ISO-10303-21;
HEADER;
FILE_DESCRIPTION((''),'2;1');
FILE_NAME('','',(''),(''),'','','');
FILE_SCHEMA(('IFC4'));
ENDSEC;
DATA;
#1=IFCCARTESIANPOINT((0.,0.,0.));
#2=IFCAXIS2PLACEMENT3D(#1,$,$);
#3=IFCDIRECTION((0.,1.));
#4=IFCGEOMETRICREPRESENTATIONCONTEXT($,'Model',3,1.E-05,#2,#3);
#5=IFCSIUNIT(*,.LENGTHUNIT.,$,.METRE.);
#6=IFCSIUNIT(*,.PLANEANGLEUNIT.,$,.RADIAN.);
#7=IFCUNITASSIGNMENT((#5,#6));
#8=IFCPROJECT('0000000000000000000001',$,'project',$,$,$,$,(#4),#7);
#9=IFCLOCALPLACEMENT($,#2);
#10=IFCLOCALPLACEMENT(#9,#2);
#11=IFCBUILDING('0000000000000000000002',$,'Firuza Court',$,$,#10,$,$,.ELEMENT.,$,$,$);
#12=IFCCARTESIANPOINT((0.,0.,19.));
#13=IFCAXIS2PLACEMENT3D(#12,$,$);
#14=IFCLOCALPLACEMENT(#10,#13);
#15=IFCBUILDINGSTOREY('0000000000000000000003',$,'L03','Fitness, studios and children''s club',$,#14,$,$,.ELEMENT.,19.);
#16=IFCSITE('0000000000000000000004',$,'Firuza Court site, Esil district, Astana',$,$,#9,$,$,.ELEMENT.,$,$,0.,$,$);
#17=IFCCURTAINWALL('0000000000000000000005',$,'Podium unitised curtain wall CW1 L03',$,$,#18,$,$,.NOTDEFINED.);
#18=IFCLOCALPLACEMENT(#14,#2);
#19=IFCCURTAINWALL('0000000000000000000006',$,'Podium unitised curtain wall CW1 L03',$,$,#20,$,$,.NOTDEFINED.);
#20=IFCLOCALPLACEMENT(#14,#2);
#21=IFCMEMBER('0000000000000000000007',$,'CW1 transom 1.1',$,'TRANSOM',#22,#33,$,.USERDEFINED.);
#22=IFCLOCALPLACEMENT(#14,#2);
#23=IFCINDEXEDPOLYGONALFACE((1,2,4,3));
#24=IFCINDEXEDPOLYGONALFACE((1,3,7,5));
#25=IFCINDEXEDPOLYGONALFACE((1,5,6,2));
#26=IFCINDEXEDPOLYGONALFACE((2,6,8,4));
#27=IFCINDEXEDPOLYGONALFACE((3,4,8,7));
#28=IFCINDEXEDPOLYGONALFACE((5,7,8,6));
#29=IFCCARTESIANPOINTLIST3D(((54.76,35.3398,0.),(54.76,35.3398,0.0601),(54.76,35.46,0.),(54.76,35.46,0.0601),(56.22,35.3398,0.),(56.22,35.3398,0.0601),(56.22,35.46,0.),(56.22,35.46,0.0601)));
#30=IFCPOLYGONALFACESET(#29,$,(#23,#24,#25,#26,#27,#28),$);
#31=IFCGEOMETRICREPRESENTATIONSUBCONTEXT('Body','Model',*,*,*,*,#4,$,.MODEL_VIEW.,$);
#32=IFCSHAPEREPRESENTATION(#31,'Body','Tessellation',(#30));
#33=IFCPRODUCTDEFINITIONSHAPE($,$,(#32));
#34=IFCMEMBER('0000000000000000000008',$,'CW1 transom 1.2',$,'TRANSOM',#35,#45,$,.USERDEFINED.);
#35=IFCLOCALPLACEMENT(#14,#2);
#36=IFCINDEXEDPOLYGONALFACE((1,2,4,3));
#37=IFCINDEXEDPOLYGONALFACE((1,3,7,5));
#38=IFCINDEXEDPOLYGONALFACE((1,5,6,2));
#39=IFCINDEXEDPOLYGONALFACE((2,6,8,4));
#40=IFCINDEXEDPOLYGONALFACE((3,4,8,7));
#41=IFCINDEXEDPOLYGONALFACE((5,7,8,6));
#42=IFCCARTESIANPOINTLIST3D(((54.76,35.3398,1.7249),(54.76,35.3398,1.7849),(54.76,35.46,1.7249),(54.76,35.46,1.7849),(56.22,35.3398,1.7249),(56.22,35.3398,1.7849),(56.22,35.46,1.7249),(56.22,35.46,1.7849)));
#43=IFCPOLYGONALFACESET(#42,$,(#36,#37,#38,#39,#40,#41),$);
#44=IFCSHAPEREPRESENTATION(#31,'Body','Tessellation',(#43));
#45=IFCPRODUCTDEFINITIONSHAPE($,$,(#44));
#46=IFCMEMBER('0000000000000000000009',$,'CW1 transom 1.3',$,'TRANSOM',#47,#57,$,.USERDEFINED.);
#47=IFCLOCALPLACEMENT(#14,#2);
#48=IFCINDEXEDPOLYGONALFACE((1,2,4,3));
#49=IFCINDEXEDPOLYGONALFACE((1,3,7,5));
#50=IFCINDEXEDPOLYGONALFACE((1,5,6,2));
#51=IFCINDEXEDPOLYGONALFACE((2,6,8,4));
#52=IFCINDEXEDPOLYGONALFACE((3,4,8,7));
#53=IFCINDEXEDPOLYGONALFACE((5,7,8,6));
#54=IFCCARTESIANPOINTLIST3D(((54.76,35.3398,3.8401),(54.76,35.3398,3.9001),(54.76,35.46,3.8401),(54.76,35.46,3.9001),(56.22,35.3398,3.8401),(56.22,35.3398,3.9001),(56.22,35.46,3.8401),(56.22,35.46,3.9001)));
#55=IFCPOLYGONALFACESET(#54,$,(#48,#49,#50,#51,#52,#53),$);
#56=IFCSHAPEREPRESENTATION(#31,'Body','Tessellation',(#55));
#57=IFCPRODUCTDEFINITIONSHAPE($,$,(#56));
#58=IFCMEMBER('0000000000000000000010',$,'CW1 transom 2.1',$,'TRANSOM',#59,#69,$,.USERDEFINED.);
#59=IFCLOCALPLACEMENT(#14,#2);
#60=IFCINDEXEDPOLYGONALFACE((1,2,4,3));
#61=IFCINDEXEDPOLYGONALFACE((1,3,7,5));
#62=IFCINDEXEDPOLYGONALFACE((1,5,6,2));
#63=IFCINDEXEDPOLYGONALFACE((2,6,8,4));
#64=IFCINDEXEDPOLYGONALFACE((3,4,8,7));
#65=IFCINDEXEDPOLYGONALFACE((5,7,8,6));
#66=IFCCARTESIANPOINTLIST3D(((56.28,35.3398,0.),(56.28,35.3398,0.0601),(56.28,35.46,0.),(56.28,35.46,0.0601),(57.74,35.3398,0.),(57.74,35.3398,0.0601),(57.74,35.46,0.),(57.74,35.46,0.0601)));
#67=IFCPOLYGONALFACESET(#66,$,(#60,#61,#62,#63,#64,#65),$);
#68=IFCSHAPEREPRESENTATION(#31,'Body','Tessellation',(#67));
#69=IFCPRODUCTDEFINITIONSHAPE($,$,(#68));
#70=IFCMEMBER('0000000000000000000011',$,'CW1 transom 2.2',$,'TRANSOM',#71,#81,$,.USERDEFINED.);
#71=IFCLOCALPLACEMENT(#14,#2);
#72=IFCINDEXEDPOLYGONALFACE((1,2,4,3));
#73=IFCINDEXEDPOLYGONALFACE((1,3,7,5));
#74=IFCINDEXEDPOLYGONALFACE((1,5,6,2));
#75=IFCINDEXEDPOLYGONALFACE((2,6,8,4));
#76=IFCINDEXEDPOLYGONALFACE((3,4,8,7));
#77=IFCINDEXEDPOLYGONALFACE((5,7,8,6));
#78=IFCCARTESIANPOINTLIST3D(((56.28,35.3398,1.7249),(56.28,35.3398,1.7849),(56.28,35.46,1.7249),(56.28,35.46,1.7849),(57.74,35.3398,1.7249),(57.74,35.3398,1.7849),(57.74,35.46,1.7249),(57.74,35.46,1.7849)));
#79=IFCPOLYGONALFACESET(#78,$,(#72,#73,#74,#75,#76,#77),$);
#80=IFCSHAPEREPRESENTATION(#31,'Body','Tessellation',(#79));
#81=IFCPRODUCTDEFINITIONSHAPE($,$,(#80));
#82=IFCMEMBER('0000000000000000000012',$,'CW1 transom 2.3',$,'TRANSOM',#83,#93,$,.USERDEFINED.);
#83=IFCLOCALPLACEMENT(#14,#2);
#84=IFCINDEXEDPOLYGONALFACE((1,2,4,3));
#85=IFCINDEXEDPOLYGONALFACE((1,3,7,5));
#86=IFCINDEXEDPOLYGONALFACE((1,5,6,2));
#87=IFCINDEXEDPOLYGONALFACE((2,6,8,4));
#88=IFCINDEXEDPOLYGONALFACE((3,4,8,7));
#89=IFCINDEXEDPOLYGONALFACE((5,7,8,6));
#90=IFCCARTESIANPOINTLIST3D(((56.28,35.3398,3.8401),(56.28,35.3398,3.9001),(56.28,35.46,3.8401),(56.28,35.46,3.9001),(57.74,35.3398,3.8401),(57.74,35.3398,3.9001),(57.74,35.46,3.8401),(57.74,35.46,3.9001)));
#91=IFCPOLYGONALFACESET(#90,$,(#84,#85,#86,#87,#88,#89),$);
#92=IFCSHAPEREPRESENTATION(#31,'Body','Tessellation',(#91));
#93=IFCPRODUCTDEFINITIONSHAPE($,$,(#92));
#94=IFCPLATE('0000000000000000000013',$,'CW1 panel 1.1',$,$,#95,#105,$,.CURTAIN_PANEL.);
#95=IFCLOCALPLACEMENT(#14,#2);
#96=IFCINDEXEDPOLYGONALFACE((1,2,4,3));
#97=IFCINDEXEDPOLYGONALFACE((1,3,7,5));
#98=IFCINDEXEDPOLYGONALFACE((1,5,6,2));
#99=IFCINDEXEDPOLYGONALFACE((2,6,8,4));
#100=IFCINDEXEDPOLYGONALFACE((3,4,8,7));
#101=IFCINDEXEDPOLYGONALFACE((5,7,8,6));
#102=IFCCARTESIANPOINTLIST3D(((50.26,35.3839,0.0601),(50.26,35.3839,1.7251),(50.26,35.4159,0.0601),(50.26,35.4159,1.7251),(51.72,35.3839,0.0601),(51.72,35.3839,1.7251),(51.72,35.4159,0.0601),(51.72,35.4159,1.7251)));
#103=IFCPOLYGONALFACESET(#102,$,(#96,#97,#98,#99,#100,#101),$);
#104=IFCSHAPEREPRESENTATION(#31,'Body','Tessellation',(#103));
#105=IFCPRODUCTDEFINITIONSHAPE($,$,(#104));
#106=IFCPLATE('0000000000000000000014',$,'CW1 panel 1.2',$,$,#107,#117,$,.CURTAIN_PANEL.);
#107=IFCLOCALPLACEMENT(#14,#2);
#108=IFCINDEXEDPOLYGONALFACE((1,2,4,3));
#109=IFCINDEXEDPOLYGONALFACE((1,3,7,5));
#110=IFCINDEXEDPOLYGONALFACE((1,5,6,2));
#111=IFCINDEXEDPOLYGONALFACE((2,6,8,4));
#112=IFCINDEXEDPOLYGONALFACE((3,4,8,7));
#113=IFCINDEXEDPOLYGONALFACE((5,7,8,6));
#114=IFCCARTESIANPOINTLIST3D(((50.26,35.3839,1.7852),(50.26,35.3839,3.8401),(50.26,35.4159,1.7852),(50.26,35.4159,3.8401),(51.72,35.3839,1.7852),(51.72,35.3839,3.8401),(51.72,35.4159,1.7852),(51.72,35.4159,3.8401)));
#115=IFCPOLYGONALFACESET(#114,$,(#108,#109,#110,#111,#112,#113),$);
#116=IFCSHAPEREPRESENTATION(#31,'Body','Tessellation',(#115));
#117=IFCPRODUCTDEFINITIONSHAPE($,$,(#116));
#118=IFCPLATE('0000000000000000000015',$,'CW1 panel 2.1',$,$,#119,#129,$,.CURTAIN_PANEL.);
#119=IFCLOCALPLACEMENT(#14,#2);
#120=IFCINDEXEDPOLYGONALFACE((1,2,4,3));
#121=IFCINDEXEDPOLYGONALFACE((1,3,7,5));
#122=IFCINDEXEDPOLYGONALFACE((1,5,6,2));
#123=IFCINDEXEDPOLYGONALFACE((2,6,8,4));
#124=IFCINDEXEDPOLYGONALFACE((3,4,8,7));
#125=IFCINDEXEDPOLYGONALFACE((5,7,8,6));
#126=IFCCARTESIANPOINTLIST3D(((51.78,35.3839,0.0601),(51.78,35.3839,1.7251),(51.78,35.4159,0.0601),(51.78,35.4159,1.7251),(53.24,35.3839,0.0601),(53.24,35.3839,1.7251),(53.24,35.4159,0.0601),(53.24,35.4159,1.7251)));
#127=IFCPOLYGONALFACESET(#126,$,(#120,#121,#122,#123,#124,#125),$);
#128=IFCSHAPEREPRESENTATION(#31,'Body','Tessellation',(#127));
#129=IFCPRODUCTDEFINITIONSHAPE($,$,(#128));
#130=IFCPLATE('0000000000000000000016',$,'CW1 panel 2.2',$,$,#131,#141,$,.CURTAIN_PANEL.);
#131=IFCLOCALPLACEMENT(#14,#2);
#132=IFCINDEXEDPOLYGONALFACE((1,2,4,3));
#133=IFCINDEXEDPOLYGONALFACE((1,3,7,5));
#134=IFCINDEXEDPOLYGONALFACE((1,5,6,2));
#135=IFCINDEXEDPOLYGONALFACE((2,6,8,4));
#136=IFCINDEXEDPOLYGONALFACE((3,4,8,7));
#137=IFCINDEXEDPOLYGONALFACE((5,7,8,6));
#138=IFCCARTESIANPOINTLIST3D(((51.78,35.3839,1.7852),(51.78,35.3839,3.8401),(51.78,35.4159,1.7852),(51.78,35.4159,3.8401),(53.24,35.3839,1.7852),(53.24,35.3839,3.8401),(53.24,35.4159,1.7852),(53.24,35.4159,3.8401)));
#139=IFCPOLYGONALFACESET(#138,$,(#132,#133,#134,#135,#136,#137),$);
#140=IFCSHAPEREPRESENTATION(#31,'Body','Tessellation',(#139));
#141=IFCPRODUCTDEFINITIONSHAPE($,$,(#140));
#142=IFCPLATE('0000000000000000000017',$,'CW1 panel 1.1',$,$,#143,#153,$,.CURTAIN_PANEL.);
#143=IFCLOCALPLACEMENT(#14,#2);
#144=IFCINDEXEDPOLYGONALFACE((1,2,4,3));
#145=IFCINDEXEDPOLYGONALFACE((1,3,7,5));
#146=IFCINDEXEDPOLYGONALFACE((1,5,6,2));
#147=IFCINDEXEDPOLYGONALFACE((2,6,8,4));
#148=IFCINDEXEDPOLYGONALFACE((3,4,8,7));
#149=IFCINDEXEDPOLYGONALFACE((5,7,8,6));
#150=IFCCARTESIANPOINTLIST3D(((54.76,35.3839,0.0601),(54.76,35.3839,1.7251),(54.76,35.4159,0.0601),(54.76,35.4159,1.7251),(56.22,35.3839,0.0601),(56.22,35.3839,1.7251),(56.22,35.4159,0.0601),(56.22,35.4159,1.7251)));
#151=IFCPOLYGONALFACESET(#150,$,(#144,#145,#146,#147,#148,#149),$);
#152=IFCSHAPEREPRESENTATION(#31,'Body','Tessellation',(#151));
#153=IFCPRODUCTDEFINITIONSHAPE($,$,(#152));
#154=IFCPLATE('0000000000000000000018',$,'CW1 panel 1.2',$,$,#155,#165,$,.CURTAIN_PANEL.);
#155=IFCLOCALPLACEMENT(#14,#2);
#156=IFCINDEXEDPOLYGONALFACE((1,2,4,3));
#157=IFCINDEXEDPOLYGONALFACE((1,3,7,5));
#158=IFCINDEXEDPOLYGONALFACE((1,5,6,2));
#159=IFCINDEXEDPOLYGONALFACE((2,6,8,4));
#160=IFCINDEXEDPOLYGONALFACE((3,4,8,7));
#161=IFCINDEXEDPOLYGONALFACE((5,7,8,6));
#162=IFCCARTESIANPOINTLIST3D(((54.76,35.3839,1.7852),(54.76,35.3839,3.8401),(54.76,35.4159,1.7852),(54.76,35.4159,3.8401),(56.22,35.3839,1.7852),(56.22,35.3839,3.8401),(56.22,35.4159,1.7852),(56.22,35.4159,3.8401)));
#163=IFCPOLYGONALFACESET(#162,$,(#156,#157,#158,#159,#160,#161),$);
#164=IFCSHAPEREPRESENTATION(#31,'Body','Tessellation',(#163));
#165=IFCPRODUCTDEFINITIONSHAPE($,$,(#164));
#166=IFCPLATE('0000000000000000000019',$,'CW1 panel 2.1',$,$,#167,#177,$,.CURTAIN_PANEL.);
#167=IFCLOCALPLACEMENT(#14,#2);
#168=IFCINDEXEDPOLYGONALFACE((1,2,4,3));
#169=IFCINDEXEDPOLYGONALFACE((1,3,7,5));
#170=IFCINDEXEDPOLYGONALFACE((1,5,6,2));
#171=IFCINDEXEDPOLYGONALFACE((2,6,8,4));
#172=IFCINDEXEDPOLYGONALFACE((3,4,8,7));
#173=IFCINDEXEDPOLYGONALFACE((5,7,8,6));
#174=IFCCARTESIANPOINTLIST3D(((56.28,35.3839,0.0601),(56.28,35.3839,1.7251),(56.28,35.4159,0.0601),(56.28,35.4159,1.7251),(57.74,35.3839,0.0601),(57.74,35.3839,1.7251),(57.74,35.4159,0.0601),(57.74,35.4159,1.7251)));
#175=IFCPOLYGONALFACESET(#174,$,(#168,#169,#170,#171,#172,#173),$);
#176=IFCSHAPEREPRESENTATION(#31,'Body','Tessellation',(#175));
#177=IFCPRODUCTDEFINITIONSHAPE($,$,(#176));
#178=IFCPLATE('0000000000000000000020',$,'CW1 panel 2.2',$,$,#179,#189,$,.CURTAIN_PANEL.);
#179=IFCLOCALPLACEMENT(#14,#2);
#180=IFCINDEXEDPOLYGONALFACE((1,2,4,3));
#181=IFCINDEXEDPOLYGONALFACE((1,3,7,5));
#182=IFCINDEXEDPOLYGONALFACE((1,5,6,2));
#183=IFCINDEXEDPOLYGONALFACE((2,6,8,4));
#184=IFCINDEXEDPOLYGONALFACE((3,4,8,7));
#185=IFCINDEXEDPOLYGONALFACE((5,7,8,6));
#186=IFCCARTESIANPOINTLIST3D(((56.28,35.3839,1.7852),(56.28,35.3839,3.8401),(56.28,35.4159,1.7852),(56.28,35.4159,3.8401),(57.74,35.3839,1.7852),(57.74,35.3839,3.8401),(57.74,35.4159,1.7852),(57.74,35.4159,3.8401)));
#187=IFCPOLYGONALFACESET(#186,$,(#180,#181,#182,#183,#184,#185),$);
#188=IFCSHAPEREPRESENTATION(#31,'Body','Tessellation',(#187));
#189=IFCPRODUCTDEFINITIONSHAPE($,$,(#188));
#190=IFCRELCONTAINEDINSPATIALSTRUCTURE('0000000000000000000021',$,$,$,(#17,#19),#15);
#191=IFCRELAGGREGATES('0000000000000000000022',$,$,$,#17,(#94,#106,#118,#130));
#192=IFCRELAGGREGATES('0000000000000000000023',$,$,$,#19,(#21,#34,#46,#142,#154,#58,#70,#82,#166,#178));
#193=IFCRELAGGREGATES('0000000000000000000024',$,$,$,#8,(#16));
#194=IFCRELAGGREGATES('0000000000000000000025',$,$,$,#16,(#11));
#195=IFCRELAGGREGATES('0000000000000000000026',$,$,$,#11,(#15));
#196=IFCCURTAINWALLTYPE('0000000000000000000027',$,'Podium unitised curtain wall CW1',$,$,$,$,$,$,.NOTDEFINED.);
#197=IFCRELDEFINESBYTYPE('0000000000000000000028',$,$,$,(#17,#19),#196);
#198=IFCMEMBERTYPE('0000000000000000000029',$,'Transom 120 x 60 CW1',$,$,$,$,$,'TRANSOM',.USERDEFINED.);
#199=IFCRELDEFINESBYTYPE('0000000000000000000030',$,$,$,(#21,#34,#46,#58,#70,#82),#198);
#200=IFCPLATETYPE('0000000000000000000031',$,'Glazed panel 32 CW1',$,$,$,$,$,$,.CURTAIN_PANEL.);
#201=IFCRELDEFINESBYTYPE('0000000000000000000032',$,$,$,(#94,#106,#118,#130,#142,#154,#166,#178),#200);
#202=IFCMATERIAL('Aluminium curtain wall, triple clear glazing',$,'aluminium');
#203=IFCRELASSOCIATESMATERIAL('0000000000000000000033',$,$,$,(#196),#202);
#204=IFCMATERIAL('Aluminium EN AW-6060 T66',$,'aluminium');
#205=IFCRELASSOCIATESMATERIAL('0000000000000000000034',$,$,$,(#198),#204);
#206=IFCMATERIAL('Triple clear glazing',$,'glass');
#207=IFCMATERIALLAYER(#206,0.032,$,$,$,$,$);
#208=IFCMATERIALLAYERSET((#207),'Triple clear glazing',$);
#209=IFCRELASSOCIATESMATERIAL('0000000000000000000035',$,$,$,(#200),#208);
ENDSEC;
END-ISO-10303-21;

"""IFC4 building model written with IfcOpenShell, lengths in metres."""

from ifc_helpers import new_model, si_unit, direction, frame, origin, origin_2d, place, context, subcontext, project, spatial, rectangle, extrude, material, layer, layer_set, material_profile, profile_set, type_object, element, aggregate, save


model = new_model("IFC4")

# Units and contexts
model_context = context("Model", 3, precision=1e-05, world=origin(), true_north=direction((0.0, 1.0)))
body_context = subcontext(model_context, "Body", "Model", "MODEL_VIEW")
ifc_project = project(units=[si_unit("LENGTHUNIT", "METRE"), si_unit("PLANEANGLEUNIT", "RADIAN")], contexts=[model_context])

# Site, building, storey
site_placement = place(None, origin())
site = spatial("IfcSite", under=ifc_project, at=site_placement, Name="Firuza Court site, Esil district, Astana", CompositionType="ELEMENT", RefElevation=0.0)
building_placement = place(site_placement, origin())
building = spatial("IfcBuilding", under=site, at=building_placement, Name="Firuza Court", CompositionType="ELEMENT")
storey_placement = place(building_placement, frame((0.0, 0.0, 19.0)))
storey = spatial("IfcBuildingStorey", under=building, at=storey_placement, Name="L03", Description="Fitness, studios and children's club", CompositionType="ELEMENT", Elevation=19.0)

# Curtain walls
ifc_material_1 = material(Name="Aluminium curtain wall, triple clear glazing", Category="aluminium")
curtain_wall_type = type_object("IfcCurtainWallType", Name="Podium unitised curtain wall CW1", PredefinedType="NOTDEFINED", material=ifc_material_1)
curtain_wall_1_placement = place(storey_placement, origin())
curtain_wall_1 = element("IfcCurtainWall", 1, at=curtain_wall_1_placement, inside=storey, type_object=curtain_wall_type, Name="Podium unitised curtain wall CW1 L03", PredefinedType="NOTDEFINED")
curtain_wall_2_placement = place(storey_placement, origin())
curtain_wall_2 = element("IfcCurtainWall", 2, at=curtain_wall_2_placement, inside=storey, type_object=curtain_wall_type, Name="Podium unitised curtain wall CW1 L03", PredefinedType="NOTDEFINED")

# Members
ifc_material_2 = material(Name="Aluminium EN AW-6060 T66", Category="aluminium")
ifc_material_profile_1 = material_profile(ifc_material_2, rectangle(XDim=0.1201, YDim=0.0601, at=origin_2d()), Name="Transom 120 x 60 CW1")
ifc_profile_set_1 = profile_set([ifc_material_profile_1], Name="Aluminium EN AW-6060 T66")
member_type_1 = type_object("IfcMemberType", Name="Transom 120 x 60 CW1", ElementType="TRANSOM", PredefinedType="USERDEFINED", material=ifc_profile_set_1)
member_1_placement = place(storey_placement, frame((54.76, 35.3999, 0.03), z_axis=(1.0, 0.0, 0.0), x_axis=(0.0, 1.0, 0.0)))
member_1 = element("IfcMember", 3, at=member_1_placement, type_object=member_type_1, Name="CW1 transom 1.1", ObjectType="TRANSOM", PredefinedType="USERDEFINED", context=body_context, shape_type="SweptSolid", body=[
    extrude(rectangle(XDim=0.1201, YDim=0.0601, at=origin_2d()), origin(), (0.0, 0.0, 1.0), 1.46),
])
member_2_placement = place(storey_placement, frame((54.76, 35.3999, 1.7549), z_axis=(1.0, 0.0, 0.0), x_axis=(0.0, 1.0, 0.0)))
member_2 = element("IfcMember", 4, at=member_2_placement, type_object=member_type_1, Name="CW1 transom 1.2", ObjectType="TRANSOM", PredefinedType="USERDEFINED", context=body_context, shape_type="SweptSolid", body=[
    extrude(rectangle(XDim=0.1201, YDim=0.0601, at=origin_2d()), origin(), (0.0, 0.0, 1.0), 1.46),
])
member_3_placement = place(storey_placement, frame((54.76, 35.3999, 3.8701), z_axis=(1.0, 0.0, 0.0), x_axis=(0.0, 1.0, 0.0)))
member_3 = element("IfcMember", 5, at=member_3_placement, type_object=member_type_1, Name="CW1 transom 1.3", ObjectType="TRANSOM", PredefinedType="USERDEFINED", context=body_context, shape_type="SweptSolid", body=[
    extrude(rectangle(XDim=0.1201, YDim=0.0601, at=origin_2d()), origin(), (0.0, 0.0, 1.0), 1.46),
])
member_4_placement = place(storey_placement, frame((56.28, 35.3999, 0.03), z_axis=(1.0, 0.0, 0.0), x_axis=(0.0, 1.0, 0.0)))
member_4 = element("IfcMember", 6, at=member_4_placement, type_object=member_type_1, Name="CW1 transom 2.1", ObjectType="TRANSOM", PredefinedType="USERDEFINED", context=body_context, shape_type="SweptSolid", body=[
    extrude(rectangle(XDim=0.1201, YDim=0.0601, at=origin_2d()), origin(), (0.0, 0.0, 1.0), 1.46),
])
member_5_placement = place(storey_placement, frame((56.28, 35.3999, 1.7549), z_axis=(1.0, 0.0, 0.0), x_axis=(0.0, 1.0, 0.0)))
member_5 = element("IfcMember", 7, at=member_5_placement, type_object=member_type_1, Name="CW1 transom 2.2", ObjectType="TRANSOM", PredefinedType="USERDEFINED", context=body_context, shape_type="SweptSolid", body=[
    extrude(rectangle(XDim=0.1201, YDim=0.0601, at=origin_2d()), origin(), (0.0, 0.0, 1.0), 1.46),
])
member_6_placement = place(storey_placement, frame((56.28, 35.3999, 3.8701), z_axis=(1.0, 0.0, 0.0), x_axis=(0.0, 1.0, 0.0)))
member_6 = element("IfcMember", 8, at=member_6_placement, type_object=member_type_1, Name="CW1 transom 2.3", ObjectType="TRANSOM", PredefinedType="USERDEFINED", context=body_context, shape_type="SweptSolid", body=[
    extrude(rectangle(XDim=0.1201, YDim=0.0601, at=origin_2d()), origin(), (0.0, 0.0, 1.0), 1.46),
])

# Plates
ifc_material_3 = material(Name="Triple clear glazing", Category="glass")
ifc_layer = layer(ifc_material_3, 0.032)
ifc_layer_set = layer_set([ifc_layer], Name="Triple clear glazing")
plate_type = type_object("IfcPlateType", Name="Glazed panel 32 CW1", PredefinedType="CURTAIN_PANEL", material=ifc_layer_set)
plate_1_placement = place(storey_placement, frame((50.99, 35.3999, 0.0601), z_axis=(0.0, 0.0, 1.0), x_axis=(1.0, 0.0, 0.0)))
plate_1 = element("IfcPlate", 9, at=plate_1_placement, type_object=plate_type, Name="CW1 panel 1.1", PredefinedType="CURTAIN_PANEL", context=body_context, shape_type="SweptSolid", body=[
    extrude(rectangle(XDim=1.46, YDim=0.032, at=origin_2d()), origin(), (0.0, 0.0, 1.0), 1.665),
])
plate_2_placement = place(storey_placement, frame((50.99, 35.3999, 1.7852), z_axis=(0.0, 0.0, 1.0), x_axis=(1.0, 0.0, 0.0)))
plate_2 = element("IfcPlate", 10, at=plate_2_placement, type_object=plate_type, Name="CW1 panel 1.2", PredefinedType="CURTAIN_PANEL", context=body_context, shape_type="SweptSolid", body=[
    extrude(rectangle(XDim=1.46, YDim=0.032, at=origin_2d()), origin(), (0.0, 0.0, 1.0), 2.0549),
])
plate_3_placement = place(storey_placement, frame((52.51, 35.3999, 0.0601), z_axis=(0.0, 0.0, 1.0), x_axis=(1.0, 0.0, 0.0)))
plate_3 = element("IfcPlate", 11, at=plate_3_placement, type_object=plate_type, Name="CW1 panel 2.1", PredefinedType="CURTAIN_PANEL", context=body_context, shape_type="SweptSolid", body=[
    extrude(rectangle(XDim=1.46, YDim=0.032, at=origin_2d()), origin(), (0.0, 0.0, 1.0), 1.665),
])
plate_4_placement = place(storey_placement, frame((52.51, 35.3999, 1.7852), z_axis=(0.0, 0.0, 1.0), x_axis=(1.0, 0.0, 0.0)))
plate_4 = element("IfcPlate", 12, at=plate_4_placement, type_object=plate_type, Name="CW1 panel 2.2", PredefinedType="CURTAIN_PANEL", context=body_context, shape_type="SweptSolid", body=[
    extrude(rectangle(XDim=1.46, YDim=0.032, at=origin_2d()), origin(), (0.0, 0.0, 1.0), 2.0549),
])
aggregate(curtain_wall_1, [plate_1, plate_2, plate_3, plate_4])
plate_5_placement = place(storey_placement, frame((55.49, 35.3999, 0.0601), z_axis=(0.0, 0.0, 1.0), x_axis=(1.0, 0.0, 0.0)))
plate_5 = element("IfcPlate", 13, at=plate_5_placement, type_object=plate_type, Name="CW1 panel 1.1", PredefinedType="CURTAIN_PANEL", context=body_context, shape_type="SweptSolid", body=[
    extrude(rectangle(XDim=1.46, YDim=0.032, at=origin_2d()), origin(), (0.0, 0.0, 1.0), 1.665),
])
plate_6_placement = place(storey_placement, frame((55.49, 35.3999, 1.7852), z_axis=(0.0, 0.0, 1.0), x_axis=(1.0, 0.0, 0.0)))
plate_6 = element("IfcPlate", 14, at=plate_6_placement, type_object=plate_type, Name="CW1 panel 1.2", PredefinedType="CURTAIN_PANEL", context=body_context, shape_type="SweptSolid", body=[
    extrude(rectangle(XDim=1.46, YDim=0.032, at=origin_2d()), origin(), (0.0, 0.0, 1.0), 2.0549),
])
plate_7_placement = place(storey_placement, frame((57.01, 35.3999, 0.0601), z_axis=(0.0, 0.0, 1.0), x_axis=(1.0, 0.0, 0.0)))
plate_7 = element("IfcPlate", 15, at=plate_7_placement, type_object=plate_type, Name="CW1 panel 2.1", PredefinedType="CURTAIN_PANEL", context=body_context, shape_type="SweptSolid", body=[
    extrude(rectangle(XDim=1.46, YDim=0.032, at=origin_2d()), origin(), (0.0, 0.0, 1.0), 1.665),
])
plate_8_placement = place(storey_placement, frame((57.01, 35.3999, 1.7852), z_axis=(0.0, 0.0, 1.0), x_axis=(1.0, 0.0, 0.0)))
plate_8 = element("IfcPlate", 16, at=plate_8_placement, type_object=plate_type, Name="CW1 panel 2.2", PredefinedType="CURTAIN_PANEL", context=body_context, shape_type="SweptSolid", body=[
    extrude(rectangle(XDim=1.46, YDim=0.032, at=origin_2d()), origin(), (0.0, 0.0, 1.0), 2.0549),
])
aggregate(curtain_wall_2, [member_1, member_2, member_3, plate_5, plate_6, member_4, member_5, member_6, plate_7, plate_8])

save(model, "model.ifc")
